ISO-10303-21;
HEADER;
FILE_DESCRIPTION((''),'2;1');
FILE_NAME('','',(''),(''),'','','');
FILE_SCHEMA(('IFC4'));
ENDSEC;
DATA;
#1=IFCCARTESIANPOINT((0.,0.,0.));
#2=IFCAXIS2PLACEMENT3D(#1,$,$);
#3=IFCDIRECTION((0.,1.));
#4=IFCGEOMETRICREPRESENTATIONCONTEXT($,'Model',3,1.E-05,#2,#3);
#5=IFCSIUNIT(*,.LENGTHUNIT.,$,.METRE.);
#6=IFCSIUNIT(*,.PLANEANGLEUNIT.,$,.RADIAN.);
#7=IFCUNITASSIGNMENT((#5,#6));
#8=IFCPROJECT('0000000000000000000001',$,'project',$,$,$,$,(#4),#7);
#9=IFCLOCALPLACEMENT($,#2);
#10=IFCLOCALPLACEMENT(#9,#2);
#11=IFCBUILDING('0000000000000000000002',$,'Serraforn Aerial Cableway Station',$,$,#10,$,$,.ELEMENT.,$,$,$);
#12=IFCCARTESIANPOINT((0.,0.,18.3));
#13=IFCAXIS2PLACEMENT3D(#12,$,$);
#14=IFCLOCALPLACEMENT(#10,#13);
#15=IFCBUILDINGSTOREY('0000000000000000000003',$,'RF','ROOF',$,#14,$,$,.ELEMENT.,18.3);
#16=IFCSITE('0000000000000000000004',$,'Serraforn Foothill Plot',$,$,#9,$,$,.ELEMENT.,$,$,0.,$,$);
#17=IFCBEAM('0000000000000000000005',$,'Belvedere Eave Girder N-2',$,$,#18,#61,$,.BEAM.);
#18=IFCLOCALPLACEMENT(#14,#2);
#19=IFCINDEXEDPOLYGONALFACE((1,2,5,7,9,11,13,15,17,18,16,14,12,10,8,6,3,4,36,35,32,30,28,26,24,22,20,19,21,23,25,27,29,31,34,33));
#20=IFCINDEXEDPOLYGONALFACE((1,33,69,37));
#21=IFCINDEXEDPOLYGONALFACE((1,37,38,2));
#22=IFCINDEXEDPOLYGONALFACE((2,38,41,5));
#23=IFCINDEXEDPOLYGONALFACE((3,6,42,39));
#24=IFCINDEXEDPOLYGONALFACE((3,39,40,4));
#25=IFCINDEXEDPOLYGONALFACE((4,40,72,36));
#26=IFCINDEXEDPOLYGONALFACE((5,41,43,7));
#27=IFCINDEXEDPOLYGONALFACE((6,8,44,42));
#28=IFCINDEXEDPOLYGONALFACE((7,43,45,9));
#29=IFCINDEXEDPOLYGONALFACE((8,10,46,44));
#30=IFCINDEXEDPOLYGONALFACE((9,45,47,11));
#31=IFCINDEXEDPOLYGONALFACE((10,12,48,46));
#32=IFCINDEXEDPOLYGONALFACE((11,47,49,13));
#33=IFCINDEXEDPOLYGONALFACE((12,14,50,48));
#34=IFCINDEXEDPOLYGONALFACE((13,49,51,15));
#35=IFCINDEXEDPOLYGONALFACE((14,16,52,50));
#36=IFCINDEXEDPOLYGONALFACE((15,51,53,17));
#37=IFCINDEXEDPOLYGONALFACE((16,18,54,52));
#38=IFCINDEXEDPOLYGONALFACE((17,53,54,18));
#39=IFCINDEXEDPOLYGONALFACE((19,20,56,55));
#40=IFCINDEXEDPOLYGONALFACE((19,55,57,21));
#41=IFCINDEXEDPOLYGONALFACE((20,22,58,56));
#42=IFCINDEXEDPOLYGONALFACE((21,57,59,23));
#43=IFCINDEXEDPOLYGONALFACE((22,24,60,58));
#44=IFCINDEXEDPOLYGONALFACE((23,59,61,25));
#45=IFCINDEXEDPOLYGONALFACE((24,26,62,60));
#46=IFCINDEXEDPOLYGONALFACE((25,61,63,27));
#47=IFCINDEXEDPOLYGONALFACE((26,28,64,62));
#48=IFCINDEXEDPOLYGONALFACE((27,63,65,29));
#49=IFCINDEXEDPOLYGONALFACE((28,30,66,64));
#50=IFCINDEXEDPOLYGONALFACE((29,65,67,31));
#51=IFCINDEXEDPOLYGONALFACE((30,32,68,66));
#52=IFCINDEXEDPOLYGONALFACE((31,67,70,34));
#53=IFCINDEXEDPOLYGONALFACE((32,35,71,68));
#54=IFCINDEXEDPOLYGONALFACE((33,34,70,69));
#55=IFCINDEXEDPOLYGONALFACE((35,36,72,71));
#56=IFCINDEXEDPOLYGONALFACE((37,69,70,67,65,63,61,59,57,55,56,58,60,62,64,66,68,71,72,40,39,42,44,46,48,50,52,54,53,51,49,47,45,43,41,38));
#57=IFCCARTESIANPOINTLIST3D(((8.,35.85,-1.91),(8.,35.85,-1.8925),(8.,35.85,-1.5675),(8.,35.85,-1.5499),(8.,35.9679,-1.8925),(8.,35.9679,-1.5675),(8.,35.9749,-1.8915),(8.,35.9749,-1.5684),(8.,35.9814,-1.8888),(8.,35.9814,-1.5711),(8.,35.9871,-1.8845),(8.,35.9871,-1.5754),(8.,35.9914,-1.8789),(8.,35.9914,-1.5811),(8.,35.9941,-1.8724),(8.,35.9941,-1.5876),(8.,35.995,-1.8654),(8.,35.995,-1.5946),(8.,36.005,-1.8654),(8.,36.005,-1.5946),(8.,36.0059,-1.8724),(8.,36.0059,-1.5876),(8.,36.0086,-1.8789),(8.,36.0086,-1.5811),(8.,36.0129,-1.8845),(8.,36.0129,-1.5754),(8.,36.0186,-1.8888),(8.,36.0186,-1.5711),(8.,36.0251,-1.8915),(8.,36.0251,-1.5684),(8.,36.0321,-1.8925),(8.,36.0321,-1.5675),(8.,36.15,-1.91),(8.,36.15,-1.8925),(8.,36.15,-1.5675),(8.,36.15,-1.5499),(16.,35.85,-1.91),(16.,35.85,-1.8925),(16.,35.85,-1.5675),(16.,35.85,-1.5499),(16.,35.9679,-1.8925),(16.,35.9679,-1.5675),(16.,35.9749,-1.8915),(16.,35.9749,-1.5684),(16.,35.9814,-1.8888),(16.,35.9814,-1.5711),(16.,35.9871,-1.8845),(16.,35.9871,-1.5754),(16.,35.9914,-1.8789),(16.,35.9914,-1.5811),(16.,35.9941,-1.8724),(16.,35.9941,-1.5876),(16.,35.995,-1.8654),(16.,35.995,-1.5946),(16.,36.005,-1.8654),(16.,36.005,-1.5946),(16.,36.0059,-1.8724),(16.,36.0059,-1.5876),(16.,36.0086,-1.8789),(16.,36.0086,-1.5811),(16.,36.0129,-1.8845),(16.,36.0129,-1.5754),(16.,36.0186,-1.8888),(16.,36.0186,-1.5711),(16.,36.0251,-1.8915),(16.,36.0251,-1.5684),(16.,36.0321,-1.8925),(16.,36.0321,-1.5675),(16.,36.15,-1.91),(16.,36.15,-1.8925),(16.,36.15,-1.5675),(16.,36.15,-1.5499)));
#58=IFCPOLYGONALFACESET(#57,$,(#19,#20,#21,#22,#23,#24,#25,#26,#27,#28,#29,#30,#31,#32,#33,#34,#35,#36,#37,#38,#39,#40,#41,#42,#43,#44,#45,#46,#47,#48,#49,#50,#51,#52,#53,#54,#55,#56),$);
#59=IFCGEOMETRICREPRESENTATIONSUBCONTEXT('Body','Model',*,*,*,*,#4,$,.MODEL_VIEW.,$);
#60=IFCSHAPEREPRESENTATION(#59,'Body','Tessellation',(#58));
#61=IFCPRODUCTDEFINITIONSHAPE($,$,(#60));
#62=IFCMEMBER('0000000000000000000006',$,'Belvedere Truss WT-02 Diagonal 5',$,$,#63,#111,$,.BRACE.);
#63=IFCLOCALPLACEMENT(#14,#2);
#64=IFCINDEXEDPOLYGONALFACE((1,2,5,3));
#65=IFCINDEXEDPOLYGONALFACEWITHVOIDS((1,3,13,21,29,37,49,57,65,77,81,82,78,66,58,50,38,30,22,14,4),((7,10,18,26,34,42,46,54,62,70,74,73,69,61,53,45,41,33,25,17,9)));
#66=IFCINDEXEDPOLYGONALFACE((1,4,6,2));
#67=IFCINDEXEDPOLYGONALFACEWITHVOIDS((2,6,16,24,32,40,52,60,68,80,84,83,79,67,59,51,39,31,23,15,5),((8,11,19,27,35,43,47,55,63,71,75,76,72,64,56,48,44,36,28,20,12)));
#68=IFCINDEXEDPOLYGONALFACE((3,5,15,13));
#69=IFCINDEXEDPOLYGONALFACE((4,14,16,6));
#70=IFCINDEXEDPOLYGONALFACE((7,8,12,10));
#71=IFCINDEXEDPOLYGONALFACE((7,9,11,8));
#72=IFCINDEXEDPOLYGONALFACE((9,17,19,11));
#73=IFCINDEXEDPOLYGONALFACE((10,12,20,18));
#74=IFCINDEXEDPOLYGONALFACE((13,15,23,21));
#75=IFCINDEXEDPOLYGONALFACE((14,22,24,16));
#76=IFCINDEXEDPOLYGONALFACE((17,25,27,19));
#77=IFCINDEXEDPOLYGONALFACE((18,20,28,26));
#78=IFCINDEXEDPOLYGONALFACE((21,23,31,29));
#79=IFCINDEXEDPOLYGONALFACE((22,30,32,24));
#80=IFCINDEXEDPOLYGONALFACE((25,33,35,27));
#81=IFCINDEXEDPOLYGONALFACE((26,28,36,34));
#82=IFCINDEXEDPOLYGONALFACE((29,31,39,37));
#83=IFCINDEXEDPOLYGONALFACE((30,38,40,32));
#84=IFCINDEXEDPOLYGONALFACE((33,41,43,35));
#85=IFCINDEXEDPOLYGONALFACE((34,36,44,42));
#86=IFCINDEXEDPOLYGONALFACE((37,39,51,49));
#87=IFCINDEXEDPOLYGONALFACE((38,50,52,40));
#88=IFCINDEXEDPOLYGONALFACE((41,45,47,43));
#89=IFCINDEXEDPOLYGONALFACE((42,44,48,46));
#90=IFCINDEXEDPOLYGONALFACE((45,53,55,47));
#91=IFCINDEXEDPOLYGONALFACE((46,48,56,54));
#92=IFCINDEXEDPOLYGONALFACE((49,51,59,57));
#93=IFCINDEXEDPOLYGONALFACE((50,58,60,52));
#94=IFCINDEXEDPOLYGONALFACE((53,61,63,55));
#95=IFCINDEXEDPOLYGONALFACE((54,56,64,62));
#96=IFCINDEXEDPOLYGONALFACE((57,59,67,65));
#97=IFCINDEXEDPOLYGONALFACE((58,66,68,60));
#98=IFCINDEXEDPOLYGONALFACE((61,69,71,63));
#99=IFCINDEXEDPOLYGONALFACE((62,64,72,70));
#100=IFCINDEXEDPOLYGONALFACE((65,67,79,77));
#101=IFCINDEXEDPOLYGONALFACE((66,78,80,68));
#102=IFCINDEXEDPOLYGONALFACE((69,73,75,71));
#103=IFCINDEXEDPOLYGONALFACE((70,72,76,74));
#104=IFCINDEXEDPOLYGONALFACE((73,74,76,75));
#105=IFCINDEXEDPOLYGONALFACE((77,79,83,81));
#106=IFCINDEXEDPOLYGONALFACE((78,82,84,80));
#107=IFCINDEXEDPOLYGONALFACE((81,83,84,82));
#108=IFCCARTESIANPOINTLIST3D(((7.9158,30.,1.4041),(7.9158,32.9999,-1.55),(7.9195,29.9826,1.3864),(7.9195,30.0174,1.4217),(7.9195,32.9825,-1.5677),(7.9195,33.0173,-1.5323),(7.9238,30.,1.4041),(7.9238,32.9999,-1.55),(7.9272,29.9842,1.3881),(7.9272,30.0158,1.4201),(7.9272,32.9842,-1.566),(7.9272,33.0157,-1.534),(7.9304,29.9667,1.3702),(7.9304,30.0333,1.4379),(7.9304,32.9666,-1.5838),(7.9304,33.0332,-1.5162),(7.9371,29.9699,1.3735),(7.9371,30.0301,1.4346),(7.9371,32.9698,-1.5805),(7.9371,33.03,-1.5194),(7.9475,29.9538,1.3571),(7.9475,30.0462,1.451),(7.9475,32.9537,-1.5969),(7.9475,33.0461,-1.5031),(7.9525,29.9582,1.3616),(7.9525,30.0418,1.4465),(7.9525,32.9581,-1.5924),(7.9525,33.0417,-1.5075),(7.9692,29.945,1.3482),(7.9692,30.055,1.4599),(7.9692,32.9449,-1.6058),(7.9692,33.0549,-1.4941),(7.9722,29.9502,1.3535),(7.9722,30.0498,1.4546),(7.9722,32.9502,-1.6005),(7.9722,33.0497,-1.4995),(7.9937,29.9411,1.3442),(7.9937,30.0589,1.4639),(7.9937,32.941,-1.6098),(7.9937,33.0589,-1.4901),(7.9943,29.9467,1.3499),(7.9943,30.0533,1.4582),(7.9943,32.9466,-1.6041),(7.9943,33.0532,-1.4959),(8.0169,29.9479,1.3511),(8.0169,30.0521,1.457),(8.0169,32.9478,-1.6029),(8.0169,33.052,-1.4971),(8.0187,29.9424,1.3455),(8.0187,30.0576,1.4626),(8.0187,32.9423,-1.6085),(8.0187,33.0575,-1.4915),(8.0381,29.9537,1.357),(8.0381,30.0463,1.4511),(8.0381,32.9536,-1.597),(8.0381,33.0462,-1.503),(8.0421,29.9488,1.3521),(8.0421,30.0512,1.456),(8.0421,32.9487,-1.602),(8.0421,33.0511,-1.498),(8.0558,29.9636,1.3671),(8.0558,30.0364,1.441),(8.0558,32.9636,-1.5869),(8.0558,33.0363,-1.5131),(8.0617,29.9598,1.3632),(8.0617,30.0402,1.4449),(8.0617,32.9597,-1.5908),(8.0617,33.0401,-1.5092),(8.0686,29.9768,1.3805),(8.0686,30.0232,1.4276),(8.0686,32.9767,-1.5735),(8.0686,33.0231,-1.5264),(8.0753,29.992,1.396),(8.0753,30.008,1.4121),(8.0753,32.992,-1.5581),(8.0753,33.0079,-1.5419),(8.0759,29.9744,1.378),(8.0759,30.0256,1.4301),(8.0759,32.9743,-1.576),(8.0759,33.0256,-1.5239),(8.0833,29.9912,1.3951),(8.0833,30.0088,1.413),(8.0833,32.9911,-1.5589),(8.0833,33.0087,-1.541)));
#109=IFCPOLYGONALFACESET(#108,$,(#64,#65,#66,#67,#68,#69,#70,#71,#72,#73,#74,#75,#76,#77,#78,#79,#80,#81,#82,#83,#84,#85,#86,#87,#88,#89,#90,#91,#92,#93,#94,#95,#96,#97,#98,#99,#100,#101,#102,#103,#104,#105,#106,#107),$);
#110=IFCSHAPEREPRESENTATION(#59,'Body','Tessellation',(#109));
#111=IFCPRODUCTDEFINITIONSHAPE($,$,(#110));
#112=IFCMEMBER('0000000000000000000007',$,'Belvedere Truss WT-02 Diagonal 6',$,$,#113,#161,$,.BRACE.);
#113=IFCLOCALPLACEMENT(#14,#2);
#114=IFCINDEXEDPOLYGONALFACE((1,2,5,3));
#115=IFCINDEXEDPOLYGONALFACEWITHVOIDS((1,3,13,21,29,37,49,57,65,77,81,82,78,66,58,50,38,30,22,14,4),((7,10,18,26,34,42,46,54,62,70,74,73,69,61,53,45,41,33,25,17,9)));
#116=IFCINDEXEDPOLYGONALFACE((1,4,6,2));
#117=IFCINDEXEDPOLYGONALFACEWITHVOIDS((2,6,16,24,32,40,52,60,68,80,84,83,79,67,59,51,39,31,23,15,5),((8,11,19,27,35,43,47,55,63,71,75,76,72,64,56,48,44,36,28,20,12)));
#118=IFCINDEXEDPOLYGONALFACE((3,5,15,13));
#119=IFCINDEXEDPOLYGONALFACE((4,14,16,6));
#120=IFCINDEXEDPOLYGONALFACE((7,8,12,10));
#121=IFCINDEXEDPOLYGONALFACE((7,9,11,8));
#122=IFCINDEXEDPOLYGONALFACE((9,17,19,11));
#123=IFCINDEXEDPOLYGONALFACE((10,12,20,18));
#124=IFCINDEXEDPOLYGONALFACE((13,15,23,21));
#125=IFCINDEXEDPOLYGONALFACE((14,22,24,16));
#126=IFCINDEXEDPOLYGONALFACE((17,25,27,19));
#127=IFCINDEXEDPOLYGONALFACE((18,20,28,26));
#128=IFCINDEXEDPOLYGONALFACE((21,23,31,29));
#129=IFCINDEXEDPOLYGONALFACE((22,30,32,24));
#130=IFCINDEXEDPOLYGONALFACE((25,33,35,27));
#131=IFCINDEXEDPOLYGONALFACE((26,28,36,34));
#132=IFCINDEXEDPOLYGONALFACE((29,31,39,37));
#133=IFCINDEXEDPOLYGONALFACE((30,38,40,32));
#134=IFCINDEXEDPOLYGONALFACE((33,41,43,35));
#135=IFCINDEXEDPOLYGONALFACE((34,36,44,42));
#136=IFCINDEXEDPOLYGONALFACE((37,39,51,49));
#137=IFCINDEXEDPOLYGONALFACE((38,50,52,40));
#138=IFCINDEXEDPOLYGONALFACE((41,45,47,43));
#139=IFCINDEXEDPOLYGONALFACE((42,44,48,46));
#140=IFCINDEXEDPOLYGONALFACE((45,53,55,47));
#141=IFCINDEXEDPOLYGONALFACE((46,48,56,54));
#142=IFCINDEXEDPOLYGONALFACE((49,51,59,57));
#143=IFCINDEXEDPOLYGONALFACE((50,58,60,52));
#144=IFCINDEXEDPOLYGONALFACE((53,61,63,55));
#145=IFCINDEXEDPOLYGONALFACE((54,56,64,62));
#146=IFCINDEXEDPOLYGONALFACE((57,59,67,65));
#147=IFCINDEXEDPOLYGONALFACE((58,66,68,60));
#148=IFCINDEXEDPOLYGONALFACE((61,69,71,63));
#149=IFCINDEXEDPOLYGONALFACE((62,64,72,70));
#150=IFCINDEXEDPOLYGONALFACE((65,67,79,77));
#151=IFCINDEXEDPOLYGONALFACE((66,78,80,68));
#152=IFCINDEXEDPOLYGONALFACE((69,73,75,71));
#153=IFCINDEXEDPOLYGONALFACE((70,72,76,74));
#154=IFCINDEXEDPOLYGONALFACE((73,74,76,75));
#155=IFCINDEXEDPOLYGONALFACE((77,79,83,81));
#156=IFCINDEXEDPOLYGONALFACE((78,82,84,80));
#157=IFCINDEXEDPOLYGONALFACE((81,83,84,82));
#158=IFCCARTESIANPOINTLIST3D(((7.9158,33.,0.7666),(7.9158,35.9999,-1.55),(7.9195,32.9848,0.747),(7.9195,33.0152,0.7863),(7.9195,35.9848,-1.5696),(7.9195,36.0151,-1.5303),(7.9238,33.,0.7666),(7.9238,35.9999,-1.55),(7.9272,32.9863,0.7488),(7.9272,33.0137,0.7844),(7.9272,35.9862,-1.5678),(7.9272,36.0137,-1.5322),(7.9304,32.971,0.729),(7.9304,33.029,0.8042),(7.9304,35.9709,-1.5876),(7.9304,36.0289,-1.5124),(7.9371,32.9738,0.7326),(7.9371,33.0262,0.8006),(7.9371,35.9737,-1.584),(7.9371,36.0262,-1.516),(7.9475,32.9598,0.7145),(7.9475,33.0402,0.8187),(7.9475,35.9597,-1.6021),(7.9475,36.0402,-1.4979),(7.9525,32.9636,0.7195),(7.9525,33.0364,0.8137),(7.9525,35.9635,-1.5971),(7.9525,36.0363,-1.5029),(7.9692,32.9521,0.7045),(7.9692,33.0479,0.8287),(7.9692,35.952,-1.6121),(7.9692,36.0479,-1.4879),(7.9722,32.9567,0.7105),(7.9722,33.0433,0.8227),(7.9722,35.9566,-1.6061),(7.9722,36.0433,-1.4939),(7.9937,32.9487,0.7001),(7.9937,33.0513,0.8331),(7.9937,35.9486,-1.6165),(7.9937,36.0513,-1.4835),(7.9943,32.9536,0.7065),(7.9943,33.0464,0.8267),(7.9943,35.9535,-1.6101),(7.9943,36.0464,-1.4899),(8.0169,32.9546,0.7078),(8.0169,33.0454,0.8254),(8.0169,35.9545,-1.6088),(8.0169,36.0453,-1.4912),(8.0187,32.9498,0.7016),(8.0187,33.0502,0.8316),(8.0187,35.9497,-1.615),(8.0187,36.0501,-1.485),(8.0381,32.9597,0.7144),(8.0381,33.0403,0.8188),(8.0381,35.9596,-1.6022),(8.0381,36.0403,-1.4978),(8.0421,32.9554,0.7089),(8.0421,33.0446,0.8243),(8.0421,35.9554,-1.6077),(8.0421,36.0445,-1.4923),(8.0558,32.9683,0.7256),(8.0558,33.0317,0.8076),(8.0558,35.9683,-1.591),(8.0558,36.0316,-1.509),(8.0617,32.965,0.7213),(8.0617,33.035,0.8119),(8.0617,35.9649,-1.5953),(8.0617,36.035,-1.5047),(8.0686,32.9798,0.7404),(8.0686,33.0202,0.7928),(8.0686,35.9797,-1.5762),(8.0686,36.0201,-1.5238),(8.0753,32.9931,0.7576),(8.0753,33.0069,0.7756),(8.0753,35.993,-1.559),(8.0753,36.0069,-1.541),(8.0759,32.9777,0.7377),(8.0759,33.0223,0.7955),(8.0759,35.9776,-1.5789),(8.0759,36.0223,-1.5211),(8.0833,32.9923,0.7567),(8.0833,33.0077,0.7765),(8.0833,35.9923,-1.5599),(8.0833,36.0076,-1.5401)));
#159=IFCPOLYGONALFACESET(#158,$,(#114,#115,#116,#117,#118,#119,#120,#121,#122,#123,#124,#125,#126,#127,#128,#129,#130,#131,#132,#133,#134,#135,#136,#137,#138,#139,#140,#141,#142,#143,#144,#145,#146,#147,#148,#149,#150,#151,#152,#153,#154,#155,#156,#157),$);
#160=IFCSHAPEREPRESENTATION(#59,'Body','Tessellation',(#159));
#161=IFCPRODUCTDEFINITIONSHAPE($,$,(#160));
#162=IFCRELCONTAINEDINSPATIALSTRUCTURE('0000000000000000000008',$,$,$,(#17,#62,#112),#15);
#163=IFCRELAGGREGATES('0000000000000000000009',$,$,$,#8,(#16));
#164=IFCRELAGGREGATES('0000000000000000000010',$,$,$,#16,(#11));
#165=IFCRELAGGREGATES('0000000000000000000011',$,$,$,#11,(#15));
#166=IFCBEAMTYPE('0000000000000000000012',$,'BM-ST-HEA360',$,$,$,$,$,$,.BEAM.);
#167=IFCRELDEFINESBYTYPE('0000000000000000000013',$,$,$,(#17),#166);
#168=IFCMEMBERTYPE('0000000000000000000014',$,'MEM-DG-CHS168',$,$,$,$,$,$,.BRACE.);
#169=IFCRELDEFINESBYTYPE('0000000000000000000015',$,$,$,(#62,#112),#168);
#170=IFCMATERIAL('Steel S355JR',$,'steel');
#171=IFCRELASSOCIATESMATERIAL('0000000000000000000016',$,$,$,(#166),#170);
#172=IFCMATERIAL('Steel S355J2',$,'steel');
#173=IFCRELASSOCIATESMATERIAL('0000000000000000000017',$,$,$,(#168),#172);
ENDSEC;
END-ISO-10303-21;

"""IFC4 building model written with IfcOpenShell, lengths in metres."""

from ifc_helpers import new_model, si_unit, direction, frame, origin, origin_2d, place, context, subcontext, project, spatial, hollow_circle, i_section, extrude, material, material_profile, profile_set, type_object, element, save


model = new_model("IFC4")

# Units and contexts
model_context = context("Model", 3, precision=1e-05, world=origin(), true_north=direction((0.0, 1.0)))
body_context = subcontext(model_context, "Body", "Model", "MODEL_VIEW")
ifc_project = project(units=[si_unit("LENGTHUNIT", "METRE"), si_unit("PLANEANGLEUNIT", "RADIAN")], contexts=[model_context])

# Site, building, storey
site_placement = place(None, origin())
site = spatial("IfcSite", under=ifc_project, at=site_placement, Name="Serraforn Foothill Plot", CompositionType="ELEMENT", RefElevation=0.0)
building_placement = place(site_placement, origin())
building = spatial("IfcBuilding", under=site, at=building_placement, Name="Serraforn Aerial Cableway Station", CompositionType="ELEMENT")
storey_placement = place(building_placement, frame((0.0, 0.0, 18.3)))
storey = spatial("IfcBuildingStorey", under=building, at=storey_placement, Name="RF", Description="ROOF", CompositionType="ELEMENT", Elevation=18.3)

# Beam
ifc_material_1 = material(Name="Steel S355JR", Category="steel")
ifc_material_profile_1 = material_profile(ifc_material_1, i_section(OverallWidth=0.3, OverallDepth=0.3601, WebThickness=0.01, FlangeThickness=0.0176, FilletRadius=0.0271, at=origin_2d()), Name="HEA 360")
ifc_profile_set_1 = profile_set([ifc_material_profile_1], Name="Steel S355JR")
beam_type = type_object("IfcBeamType", Name="BM-ST-HEA360", PredefinedType="BEAM", material=ifc_profile_set_1)
beam_placement = place(storey_placement, frame((8.0, 36.0, -1.73), z_axis=(1.0, 0.0, 0.0), x_axis=(0.0, 1.0, 0.0)))
element("IfcBeam", 1, at=beam_placement, inside=storey, type_object=beam_type, Name="Belvedere Eave Girder N-2", PredefinedType="BEAM", context=body_context, shape_type="SweptSolid", body=[
    extrude(i_section(OverallWidth=0.3, OverallDepth=0.3601, WebThickness=0.01, FlangeThickness=0.0176, FilletRadius=0.0271, at=origin_2d()), origin(), (0.0, 0.0, 1.0), 8.0),
])

# Members
ifc_material_2 = material(Name="Steel S355J2", Category="steel")
ifc_material_profile_2 = material_profile(ifc_material_2, hollow_circle(Radius=0.0842, WallThickness=0.0081, at=origin_2d()), Name="CHS 168.3x8.0")
ifc_profile_set_2 = profile_set([ifc_material_profile_2], Name="Steel S355J2")
member_type_1 = type_object("IfcMemberType", Name="MEM-DG-CHS168", PredefinedType="BRACE", material=ifc_profile_set_2)
member_1_placement = place(storey_placement, frame((8.0, 30.0, 1.4041), z_axis=(0.0, 0.712536, -0.701635), x_axis=(-1.0, 0.0, 0.0)))
element("IfcMember", 2, at=member_1_placement, inside=storey, type_object=member_type_1, Name="Belvedere Truss WT-02 Diagonal 5", PredefinedType="BRACE", context=body_context, shape_type="SweptSolid", body=[
    extrude(hollow_circle(Radius=0.0842, WallThickness=0.0081, at=origin_2d()), origin(), (0.0, 0.0, 1.0), 4.2102),
])
member_2_placement = place(storey_placement, frame((8.0, 33.0, 0.7666), z_axis=(0.0, 0.79148, -0.611194), x_axis=(-1.0, 0.0, 0.0)))
element("IfcMember", 3, at=member_2_placement, inside=storey, type_object=member_type_1, Name="Belvedere Truss WT-02 Diagonal 6", PredefinedType="BRACE", context=body_context, shape_type="SweptSolid", body=[
    extrude(hollow_circle(Radius=0.0842, WallThickness=0.0081, at=origin_2d()), origin(), (0.0, 0.0, 1.0), 3.7903),
])

save(model, "model.ifc")
